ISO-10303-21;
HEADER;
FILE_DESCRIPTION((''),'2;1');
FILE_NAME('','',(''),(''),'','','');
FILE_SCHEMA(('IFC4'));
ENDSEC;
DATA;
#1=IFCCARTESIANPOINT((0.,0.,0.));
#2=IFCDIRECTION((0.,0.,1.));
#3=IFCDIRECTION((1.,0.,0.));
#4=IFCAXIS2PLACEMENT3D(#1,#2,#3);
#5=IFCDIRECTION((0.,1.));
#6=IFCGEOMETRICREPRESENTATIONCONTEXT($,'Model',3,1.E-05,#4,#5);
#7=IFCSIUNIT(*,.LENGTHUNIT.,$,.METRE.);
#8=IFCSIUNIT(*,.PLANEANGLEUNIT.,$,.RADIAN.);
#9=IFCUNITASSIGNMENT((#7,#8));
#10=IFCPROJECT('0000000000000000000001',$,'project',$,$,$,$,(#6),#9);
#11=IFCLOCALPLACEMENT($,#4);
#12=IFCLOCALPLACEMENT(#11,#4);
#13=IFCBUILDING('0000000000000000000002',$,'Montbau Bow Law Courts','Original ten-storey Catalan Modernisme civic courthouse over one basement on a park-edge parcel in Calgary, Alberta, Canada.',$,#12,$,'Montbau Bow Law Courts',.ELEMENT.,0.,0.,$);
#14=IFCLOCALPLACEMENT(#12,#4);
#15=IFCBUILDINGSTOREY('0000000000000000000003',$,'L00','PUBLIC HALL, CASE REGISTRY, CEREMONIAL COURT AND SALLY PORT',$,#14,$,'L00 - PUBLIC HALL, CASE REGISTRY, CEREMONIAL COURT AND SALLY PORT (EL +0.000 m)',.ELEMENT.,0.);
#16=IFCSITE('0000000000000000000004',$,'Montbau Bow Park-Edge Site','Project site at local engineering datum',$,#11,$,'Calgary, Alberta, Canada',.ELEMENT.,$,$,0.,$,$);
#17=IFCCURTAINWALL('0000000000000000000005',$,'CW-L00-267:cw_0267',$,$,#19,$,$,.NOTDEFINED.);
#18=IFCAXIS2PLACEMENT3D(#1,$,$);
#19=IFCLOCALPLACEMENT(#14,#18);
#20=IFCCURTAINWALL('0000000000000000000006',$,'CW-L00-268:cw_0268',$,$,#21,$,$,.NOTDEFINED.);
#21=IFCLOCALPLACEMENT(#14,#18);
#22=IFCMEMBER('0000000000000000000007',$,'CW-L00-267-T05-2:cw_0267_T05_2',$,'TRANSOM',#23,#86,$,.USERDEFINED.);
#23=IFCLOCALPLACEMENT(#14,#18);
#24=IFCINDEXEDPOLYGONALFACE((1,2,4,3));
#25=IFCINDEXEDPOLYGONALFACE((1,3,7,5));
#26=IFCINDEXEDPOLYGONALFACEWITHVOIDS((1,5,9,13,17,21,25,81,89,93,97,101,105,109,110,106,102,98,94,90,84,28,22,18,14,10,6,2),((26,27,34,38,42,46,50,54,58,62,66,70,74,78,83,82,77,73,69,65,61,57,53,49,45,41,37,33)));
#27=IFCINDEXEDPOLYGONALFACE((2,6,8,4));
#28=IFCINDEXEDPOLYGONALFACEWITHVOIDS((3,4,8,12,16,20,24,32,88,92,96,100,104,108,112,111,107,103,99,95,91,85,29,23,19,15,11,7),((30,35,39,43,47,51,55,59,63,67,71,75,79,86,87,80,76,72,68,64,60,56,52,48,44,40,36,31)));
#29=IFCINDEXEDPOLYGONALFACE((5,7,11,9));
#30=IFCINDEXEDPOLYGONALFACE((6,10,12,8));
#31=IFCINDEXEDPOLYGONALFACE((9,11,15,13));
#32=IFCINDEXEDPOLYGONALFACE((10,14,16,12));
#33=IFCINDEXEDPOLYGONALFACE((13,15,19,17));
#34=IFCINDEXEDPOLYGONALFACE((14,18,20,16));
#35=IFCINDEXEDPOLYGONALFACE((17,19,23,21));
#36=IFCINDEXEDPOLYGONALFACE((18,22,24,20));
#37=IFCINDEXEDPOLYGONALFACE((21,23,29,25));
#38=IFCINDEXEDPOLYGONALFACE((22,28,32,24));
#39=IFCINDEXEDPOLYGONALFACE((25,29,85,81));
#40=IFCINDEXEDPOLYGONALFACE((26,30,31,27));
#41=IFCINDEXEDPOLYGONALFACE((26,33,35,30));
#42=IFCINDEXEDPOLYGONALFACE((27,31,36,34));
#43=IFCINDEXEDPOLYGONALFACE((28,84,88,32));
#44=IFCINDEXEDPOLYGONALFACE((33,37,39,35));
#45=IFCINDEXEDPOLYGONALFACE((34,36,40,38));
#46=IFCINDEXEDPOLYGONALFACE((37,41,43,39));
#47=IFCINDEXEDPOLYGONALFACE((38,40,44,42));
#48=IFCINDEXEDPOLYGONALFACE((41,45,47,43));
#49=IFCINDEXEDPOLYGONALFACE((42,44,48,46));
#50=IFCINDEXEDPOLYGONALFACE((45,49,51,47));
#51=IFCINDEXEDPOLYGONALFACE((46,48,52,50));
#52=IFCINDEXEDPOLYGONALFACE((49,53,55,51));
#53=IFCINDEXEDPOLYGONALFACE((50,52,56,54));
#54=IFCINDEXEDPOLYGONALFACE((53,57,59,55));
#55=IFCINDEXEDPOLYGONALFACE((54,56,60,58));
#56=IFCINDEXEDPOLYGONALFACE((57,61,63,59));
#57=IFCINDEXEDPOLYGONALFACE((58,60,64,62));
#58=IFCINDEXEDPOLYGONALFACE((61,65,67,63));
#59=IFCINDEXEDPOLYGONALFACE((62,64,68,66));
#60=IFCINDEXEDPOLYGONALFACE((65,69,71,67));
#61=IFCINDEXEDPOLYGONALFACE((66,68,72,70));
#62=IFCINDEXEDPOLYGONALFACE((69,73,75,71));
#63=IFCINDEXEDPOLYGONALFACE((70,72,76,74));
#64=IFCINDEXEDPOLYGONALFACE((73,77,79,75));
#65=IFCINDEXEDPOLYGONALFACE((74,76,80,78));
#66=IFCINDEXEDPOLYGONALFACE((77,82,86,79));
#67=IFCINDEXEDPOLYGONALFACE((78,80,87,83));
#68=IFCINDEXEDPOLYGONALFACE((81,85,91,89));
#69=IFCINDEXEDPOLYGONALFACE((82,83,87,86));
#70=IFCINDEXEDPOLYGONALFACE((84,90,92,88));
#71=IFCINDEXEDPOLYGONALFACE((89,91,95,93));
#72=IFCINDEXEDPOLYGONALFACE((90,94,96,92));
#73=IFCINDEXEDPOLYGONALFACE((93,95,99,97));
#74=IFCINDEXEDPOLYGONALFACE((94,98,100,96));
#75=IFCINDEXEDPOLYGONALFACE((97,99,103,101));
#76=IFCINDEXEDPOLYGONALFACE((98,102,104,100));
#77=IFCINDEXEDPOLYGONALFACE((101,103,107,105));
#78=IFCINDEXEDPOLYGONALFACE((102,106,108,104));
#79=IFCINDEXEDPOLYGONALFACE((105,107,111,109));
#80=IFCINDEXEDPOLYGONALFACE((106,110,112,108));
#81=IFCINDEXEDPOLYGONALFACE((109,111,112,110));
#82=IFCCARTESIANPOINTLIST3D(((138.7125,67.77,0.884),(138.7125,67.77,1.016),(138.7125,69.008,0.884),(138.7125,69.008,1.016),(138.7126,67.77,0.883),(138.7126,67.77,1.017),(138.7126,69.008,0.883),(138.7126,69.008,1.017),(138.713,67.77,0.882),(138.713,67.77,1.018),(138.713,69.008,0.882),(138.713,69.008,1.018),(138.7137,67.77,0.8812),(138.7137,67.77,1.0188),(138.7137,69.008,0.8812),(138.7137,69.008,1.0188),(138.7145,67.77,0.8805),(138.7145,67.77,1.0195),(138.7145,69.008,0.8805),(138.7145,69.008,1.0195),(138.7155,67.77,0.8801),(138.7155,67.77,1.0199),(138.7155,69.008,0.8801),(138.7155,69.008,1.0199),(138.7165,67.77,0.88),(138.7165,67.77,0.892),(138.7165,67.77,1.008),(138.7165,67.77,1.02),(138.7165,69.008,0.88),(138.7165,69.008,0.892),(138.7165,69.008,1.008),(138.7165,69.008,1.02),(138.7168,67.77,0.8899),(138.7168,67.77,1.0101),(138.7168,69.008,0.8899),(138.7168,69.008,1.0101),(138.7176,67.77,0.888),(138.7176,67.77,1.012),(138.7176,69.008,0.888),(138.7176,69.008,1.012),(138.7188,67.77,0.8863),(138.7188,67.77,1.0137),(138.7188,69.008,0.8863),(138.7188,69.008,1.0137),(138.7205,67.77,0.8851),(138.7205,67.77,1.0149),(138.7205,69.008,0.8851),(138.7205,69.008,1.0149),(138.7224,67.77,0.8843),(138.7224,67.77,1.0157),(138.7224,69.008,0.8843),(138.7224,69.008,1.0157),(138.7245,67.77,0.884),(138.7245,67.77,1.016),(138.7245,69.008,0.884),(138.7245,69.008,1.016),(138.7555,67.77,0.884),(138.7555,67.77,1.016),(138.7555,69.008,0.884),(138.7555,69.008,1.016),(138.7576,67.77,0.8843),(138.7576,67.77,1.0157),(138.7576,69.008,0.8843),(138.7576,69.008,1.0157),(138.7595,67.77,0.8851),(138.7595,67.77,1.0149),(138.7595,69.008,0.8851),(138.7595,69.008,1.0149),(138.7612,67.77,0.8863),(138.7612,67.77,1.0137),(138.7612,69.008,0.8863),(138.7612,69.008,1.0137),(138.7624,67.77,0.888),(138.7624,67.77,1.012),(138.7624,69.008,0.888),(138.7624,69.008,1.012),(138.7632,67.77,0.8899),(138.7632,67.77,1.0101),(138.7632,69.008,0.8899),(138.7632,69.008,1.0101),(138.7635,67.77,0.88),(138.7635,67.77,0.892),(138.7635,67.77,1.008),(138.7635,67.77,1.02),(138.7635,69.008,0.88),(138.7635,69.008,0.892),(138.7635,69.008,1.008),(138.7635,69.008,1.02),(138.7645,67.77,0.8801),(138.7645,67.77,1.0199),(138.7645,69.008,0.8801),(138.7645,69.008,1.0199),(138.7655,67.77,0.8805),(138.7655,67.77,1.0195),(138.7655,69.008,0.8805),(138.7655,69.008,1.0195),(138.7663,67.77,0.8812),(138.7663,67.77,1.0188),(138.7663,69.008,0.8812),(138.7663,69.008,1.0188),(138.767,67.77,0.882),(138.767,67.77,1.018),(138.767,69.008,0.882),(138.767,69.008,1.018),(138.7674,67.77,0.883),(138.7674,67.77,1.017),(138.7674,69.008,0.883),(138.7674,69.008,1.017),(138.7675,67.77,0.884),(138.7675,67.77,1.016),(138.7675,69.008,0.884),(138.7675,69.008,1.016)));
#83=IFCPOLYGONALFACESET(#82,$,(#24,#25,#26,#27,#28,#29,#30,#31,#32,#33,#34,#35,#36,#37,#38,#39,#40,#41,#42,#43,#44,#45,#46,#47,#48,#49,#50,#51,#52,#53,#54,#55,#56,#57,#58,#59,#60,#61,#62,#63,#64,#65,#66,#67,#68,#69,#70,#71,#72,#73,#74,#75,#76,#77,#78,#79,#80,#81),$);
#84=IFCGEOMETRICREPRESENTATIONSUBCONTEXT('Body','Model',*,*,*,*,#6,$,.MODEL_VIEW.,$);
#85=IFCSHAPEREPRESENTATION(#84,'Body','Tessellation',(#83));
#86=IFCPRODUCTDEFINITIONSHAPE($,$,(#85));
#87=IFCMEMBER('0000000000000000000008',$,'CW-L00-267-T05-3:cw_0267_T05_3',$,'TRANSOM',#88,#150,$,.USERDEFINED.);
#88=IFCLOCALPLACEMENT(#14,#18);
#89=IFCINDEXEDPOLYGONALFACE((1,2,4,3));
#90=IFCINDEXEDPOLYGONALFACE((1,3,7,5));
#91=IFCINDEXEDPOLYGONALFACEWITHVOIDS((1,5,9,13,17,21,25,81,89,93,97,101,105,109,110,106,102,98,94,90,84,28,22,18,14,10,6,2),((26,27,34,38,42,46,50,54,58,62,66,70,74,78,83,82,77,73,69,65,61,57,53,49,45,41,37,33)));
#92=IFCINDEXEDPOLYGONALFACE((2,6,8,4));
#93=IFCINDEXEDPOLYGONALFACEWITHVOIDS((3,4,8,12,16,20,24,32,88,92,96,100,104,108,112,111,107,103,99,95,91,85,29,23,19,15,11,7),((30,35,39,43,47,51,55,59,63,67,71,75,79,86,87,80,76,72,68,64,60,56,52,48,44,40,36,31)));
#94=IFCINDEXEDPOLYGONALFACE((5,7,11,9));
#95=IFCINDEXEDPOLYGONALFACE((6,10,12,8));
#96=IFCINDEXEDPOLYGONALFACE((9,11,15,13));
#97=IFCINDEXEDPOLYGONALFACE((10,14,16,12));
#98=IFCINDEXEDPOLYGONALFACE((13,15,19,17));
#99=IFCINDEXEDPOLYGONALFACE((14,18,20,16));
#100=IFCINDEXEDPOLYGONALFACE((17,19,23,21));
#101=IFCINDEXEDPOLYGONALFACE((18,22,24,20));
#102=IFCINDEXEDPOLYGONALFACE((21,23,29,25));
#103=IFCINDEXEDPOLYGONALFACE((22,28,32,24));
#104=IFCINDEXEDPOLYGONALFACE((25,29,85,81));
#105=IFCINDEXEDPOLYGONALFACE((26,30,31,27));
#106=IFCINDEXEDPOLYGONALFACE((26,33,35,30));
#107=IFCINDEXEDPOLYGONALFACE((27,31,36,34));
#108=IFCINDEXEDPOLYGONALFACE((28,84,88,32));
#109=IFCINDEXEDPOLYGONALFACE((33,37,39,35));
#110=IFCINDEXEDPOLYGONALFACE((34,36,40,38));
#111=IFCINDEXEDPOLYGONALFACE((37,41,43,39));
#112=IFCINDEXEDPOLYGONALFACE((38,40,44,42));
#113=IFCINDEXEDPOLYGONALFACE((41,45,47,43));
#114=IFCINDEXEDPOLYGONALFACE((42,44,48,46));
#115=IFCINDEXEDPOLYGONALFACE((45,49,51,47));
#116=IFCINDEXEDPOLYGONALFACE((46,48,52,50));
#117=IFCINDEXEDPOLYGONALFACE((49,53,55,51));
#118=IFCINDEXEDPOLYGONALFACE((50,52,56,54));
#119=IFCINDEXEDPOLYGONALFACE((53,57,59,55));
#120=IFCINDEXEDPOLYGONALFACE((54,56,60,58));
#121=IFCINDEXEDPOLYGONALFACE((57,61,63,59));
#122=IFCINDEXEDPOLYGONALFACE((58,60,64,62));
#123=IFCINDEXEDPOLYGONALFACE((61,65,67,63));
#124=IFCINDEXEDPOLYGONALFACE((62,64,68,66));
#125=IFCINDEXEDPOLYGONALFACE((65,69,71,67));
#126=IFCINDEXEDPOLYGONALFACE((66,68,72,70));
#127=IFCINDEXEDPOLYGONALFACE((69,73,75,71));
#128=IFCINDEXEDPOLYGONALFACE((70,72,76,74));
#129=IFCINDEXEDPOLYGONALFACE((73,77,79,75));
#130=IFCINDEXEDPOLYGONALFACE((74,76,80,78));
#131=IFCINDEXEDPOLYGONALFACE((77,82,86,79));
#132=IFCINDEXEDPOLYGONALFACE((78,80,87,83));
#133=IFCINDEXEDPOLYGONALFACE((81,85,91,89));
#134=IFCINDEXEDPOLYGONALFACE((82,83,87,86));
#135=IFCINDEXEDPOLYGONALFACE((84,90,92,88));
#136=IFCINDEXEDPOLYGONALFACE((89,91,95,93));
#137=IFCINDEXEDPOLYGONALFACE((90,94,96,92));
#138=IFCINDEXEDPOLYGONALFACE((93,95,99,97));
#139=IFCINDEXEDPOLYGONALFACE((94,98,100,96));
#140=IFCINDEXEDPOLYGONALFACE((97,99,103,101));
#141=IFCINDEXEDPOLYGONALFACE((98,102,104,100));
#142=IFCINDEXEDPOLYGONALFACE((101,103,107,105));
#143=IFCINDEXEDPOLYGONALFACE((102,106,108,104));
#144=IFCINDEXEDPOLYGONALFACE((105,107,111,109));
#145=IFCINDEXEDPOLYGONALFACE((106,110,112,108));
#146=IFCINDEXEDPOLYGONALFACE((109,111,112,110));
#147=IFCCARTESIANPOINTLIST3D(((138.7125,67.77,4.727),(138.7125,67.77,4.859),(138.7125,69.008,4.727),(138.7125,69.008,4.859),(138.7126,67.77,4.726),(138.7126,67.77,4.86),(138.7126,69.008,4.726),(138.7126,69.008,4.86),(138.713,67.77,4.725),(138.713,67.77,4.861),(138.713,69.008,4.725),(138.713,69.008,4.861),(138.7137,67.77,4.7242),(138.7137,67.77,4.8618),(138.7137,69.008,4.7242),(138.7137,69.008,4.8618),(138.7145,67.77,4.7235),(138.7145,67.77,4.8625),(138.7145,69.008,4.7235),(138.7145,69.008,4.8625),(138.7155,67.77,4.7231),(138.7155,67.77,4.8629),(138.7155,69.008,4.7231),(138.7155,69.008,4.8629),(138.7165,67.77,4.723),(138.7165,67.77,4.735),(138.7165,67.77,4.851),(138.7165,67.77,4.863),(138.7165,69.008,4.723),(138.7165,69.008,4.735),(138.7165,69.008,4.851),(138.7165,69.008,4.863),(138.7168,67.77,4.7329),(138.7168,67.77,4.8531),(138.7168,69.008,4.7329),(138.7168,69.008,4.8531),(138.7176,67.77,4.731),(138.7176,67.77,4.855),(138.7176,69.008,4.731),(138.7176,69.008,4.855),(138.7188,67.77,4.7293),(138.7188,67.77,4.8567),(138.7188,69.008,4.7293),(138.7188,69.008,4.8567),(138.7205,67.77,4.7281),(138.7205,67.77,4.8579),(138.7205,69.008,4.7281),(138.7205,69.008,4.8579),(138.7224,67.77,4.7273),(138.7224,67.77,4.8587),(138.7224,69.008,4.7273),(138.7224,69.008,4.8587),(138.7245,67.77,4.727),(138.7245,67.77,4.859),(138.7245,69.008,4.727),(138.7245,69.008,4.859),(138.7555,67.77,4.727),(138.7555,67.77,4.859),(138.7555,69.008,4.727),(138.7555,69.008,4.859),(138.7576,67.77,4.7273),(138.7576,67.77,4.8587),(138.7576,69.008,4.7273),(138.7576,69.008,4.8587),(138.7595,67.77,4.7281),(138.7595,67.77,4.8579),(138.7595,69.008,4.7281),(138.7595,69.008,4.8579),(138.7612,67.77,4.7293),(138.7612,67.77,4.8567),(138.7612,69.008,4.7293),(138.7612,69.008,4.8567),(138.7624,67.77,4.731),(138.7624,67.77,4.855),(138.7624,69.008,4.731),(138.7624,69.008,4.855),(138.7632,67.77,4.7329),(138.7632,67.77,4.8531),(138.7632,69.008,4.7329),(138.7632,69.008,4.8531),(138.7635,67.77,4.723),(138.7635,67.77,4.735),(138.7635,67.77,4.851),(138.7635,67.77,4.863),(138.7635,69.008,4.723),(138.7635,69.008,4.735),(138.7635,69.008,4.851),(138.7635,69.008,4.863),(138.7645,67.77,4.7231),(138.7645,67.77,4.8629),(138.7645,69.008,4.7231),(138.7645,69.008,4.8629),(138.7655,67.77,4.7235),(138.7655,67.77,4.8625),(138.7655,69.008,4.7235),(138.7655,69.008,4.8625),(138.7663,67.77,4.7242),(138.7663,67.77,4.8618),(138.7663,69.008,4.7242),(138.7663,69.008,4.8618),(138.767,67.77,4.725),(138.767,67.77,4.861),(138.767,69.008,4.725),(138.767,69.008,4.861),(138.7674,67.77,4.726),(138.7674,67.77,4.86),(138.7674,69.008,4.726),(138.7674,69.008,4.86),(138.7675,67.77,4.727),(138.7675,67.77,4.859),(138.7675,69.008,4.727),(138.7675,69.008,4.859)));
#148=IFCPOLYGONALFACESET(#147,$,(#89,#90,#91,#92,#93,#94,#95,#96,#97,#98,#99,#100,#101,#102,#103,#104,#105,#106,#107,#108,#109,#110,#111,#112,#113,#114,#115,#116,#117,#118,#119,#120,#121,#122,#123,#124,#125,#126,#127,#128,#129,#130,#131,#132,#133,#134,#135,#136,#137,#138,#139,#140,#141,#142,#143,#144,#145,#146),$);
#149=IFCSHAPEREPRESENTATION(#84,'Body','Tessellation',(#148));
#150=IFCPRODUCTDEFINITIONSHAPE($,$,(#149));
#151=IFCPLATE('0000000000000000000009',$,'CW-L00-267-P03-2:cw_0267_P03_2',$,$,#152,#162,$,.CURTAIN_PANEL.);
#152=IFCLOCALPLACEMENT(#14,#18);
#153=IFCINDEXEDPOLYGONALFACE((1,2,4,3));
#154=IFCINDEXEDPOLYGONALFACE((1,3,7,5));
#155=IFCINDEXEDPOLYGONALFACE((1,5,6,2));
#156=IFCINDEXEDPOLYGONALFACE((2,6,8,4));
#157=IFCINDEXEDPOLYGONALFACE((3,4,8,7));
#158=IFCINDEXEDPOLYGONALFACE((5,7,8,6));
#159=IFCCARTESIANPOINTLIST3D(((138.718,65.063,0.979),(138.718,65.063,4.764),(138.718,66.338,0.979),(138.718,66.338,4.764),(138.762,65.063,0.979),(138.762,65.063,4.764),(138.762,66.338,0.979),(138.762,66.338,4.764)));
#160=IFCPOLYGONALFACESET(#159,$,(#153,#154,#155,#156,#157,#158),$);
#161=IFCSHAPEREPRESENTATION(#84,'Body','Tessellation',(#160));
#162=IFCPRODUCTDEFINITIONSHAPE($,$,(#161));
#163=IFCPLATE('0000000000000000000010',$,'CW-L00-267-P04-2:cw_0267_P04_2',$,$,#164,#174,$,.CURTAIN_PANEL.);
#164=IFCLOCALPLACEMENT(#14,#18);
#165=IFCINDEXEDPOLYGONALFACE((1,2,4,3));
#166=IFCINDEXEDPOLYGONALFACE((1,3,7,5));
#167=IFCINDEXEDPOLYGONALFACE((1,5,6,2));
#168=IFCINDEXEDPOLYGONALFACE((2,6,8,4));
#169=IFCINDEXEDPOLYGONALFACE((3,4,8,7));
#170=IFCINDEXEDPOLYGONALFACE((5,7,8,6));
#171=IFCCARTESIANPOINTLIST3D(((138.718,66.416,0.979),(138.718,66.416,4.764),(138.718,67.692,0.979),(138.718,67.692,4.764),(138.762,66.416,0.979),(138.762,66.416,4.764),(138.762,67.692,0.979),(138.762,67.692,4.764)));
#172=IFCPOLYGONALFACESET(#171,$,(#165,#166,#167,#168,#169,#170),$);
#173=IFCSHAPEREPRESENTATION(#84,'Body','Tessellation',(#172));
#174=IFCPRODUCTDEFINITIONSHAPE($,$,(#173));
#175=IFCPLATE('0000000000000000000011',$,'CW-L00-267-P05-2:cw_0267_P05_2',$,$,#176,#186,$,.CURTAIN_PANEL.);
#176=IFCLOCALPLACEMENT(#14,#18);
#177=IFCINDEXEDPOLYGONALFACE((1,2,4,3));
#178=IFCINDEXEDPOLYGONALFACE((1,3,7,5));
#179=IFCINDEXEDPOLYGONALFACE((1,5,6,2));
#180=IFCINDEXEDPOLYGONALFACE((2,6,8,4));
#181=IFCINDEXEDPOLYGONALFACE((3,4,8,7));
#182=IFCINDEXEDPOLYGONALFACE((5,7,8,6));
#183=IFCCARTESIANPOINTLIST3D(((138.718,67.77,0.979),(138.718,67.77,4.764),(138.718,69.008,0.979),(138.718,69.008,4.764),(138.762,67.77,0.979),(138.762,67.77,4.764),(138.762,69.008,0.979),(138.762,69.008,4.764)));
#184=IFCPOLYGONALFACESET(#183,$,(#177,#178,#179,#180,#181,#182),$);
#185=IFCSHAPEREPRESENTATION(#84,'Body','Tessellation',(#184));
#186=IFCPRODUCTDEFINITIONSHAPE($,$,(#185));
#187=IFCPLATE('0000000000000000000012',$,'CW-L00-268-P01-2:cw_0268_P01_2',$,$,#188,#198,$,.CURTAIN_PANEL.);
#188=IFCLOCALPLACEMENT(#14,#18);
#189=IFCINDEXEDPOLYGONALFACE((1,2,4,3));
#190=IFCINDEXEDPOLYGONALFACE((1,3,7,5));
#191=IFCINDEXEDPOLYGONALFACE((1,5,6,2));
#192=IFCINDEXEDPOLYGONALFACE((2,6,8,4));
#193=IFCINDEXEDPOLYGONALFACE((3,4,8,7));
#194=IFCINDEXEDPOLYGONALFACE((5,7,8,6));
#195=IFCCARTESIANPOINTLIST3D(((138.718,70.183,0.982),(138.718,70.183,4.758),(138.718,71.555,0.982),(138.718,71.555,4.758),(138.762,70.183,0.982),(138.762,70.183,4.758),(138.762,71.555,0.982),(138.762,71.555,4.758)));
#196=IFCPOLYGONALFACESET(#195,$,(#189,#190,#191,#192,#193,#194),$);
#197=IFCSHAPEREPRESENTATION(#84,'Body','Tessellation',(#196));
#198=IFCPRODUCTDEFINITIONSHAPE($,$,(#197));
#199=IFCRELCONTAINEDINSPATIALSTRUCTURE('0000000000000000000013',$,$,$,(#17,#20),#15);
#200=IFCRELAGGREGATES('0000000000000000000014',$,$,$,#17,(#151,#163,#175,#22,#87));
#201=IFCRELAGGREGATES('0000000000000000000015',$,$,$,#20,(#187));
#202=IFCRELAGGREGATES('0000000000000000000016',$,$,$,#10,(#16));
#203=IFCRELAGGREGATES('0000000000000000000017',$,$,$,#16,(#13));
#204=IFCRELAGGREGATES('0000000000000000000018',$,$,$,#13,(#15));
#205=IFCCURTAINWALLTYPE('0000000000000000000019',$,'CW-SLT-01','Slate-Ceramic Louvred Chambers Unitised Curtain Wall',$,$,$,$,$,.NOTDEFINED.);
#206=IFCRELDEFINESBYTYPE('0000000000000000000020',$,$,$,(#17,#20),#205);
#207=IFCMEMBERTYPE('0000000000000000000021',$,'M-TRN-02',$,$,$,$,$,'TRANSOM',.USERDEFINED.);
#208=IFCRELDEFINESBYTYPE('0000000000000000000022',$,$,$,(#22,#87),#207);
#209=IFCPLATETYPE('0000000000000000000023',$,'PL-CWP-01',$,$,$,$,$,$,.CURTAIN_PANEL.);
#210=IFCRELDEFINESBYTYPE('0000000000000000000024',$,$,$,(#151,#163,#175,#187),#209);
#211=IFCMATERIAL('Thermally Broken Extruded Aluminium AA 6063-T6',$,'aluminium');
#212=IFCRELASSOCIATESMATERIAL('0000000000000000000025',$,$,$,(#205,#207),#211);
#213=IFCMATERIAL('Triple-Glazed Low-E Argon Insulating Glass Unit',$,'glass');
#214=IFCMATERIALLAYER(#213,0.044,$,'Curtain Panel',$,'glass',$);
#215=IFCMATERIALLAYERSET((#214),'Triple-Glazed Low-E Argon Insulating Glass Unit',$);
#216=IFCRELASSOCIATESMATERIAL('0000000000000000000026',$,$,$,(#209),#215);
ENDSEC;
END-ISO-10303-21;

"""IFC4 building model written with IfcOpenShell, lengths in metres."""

from ifc_helpers import new_model, si_unit, direction, frame, frame_2d, origin_with_axes, origin_2d_with_axis, place, context, subcontext, project, spatial, rectangle, hollow_rectangle, extrude, material, layer, layer_set, material_profile, profile_set, type_object, element, aggregate, save


model = new_model("IFC4")

# Units and contexts
model_context = context("Model", 3, precision=1e-05, world=origin_with_axes(), true_north=direction((0.0, 1.0)))
body_context = subcontext(model_context, "Body", "Model", "MODEL_VIEW")
ifc_project = project(units=[si_unit("LENGTHUNIT", "METRE"), si_unit("PLANEANGLEUNIT", "RADIAN")], contexts=[model_context])

# Site, building, storey
site_placement = place(None, origin_with_axes())
site = spatial("IfcSite", under=ifc_project, at=site_placement, Name="Montbau Bow Park-Edge Site", Description="Project site at local engineering datum", LongName="Calgary, Alberta, Canada", CompositionType="ELEMENT", RefElevation=0.0)
building_placement = place(site_placement, origin_with_axes())
building = spatial("IfcBuilding", under=site, at=building_placement, Name="Montbau Bow Law Courts", Description="Original ten-storey Catalan Modernisme civic courthouse over one basement on a park-edge parcel in Calgary, Alberta, Canada.", LongName="Montbau Bow Law Courts", CompositionType="ELEMENT", ElevationOfRefHeight=0.0, ElevationOfTerrain=0.0)
storey_placement = place(building_placement, origin_with_axes())
storey = spatial("IfcBuildingStorey", under=building, at=storey_placement, Name="L00", Description="PUBLIC HALL, CASE REGISTRY, CEREMONIAL COURT AND SALLY PORT", LongName="L00 - PUBLIC HALL, CASE REGISTRY, CEREMONIAL COURT AND SALLY PORT (EL +0.000 m)", CompositionType="ELEMENT", Elevation=0.0)

# Curtain walls
ifc_material_1 = material(Name="Thermally Broken Extruded Aluminium AA 6063-T6", Category="aluminium")
curtain_wall_type = type_object("IfcCurtainWallType", Name="CW-SLT-01", Description="Slate-Ceramic Louvred Chambers Unitised Curtain Wall", PredefinedType="NOTDEFINED", material=ifc_material_1)
curtain_wall_1_placement = place(None, frame((138.74, 62.315, 0.0), z_axis=(0.0, 0.0, 1.0), x_axis=(1.0, 0.0, 0.0)))
curtain_wall_1 = element("IfcCurtainWall", 1, at=curtain_wall_1_placement, inside=storey, type_object=curtain_wall_type, Name="CW-L00-267:cw_0267", PredefinedType="NOTDEFINED")
curtain_wall_2_placement = place(None, frame((138.74, 70.115, 0.0), z_axis=(0.0, 0.0, 1.0), x_axis=(1.0, 0.0, 0.0)))
curtain_wall_2 = element("IfcCurtainWall", 2, at=curtain_wall_2_placement, inside=storey, type_object=curtain_wall_type, Name="CW-L00-268:cw_0268", PredefinedType="NOTDEFINED")

# Members
ifc_material_profile_1 = material_profile(ifc_material_1, hollow_rectangle(XDim=0.055, YDim=0.14, WallThickness=0.004, InnerFilletRadius=0.008, OuterFilletRadius=0.004, at=origin_2d_with_axis()), Name="CWT-140X55", Category="Main", Priority=0)
ifc_profile_set_1 = profile_set([ifc_material_profile_1], Name="Thermally Broken Extruded Aluminium AA 6063-T6")
member_type_1 = type_object("IfcMemberType", Name="M-TRN-02", ElementType="TRANSOM", PredefinedType="USERDEFINED", material=ifc_profile_set_1)
member_1_placement = place(None, frame((138.74, 67.77, 0.95), z_axis=(0.0, 1.0, 0.0), x_axis=(-1.0, 0.0, 0.0)))
member_1 = element("IfcMember", 3, at=member_1_placement, type_object=member_type_1, Name="CW-L00-267-T05-2:cw_0267_T05_2", ObjectType="TRANSOM", PredefinedType="USERDEFINED", context=body_context, shape_type="SweptSolid", body=[
    extrude(hollow_rectangle(XDim=0.055, YDim=0.14, WallThickness=0.004, InnerFilletRadius=0.008, OuterFilletRadius=0.004, at=origin_2d_with_axis()), origin_with_axes(), (0.0, 0.0, 1.0), 1.238),
])
member_2_placement = place(None, frame((138.74, 67.77, 4.793), z_axis=(0.0, 1.0, 0.0), x_axis=(-1.0, 0.0, 0.0)))
member_2 = element("IfcMember", 4, at=member_2_placement, type_object=member_type_1, Name="CW-L00-267-T05-3:cw_0267_T05_3", ObjectType="TRANSOM", PredefinedType="USERDEFINED", context=body_context, shape_type="SweptSolid", body=[
    extrude(hollow_rectangle(XDim=0.055, YDim=0.14, WallThickness=0.004, InnerFilletRadius=0.008, OuterFilletRadius=0.004, at=origin_2d_with_axis()), origin_with_axes(), (0.0, 0.0, 1.0), 1.238),
])

# Plates
ifc_material_2 = material(Name="Triple-Glazed Low-E Argon Insulating Glass Unit", Category="glass")
ifc_layer_1 = layer(ifc_material_2, 0.044, Name="Curtain Panel", Category="glass")
ifc_layer_set_1 = layer_set([ifc_layer_1], Name="Triple-Glazed Low-E Argon Insulating Glass Unit")
plate_type_1 = type_object("IfcPlateType", Name="PL-CWP-01", PredefinedType="CURTAIN_PANEL", material=ifc_layer_set_1)
plate_1_placement = place(None, frame((138.74, 65.063, 0.979), z_axis=(1.0, 0.0, 0.0), x_axis=(0.0, 1.0, 0.0)))
plate_1 = element("IfcPlate", 5, at=plate_1_placement, type_object=plate_type_1, Name="CW-L00-267-P03-2:cw_0267_P03_2", PredefinedType="CURTAIN_PANEL", context=body_context, shape_type="SweptSolid", body=[
    extrude(rectangle(XDim=1.275, YDim=3.785, at=frame_2d((0.6375, 1.8925), x_axis=(1.0, 0.0))), frame((0.0, 0.0, -0.022), z_axis=(0.0, 0.0, 1.0), x_axis=(1.0, 0.0, 0.0)), (0.0, 0.0, 1.0), 0.044),
])
plate_2_placement = place(None, frame((138.74, 66.416, 0.979), z_axis=(1.0, 0.0, 0.0), x_axis=(0.0, 1.0, 0.0)))
plate_2 = element("IfcPlate", 6, at=plate_2_placement, type_object=plate_type_1, Name="CW-L00-267-P04-2:cw_0267_P04_2", PredefinedType="CURTAIN_PANEL", context=body_context, shape_type="SweptSolid", body=[
    extrude(rectangle(XDim=1.276, YDim=3.785, at=frame_2d((0.638, 1.8925), x_axis=(1.0, 0.0))), frame((0.0, 0.0, -0.022), z_axis=(0.0, 0.0, 1.0), x_axis=(1.0, 0.0, 0.0)), (0.0, 0.0, 1.0), 0.044),
])
plate_3_placement = place(None, frame((138.74, 67.77, 0.979), z_axis=(1.0, 0.0, 0.0), x_axis=(0.0, 1.0, 0.0)))
plate_3 = element("IfcPlate", 7, at=plate_3_placement, type_object=plate_type_1, Name="CW-L00-267-P05-2:cw_0267_P05_2", PredefinedType="CURTAIN_PANEL", context=body_context, shape_type="SweptSolid", body=[
    extrude(rectangle(XDim=1.238, YDim=3.785, at=frame_2d((0.619, 1.8925), x_axis=(1.0, 0.0))), frame((0.0, 0.0, -0.022), z_axis=(0.0, 0.0, 1.0), x_axis=(1.0, 0.0, 0.0)), (0.0, 0.0, 1.0), 0.044),
])
plate_4_placement = place(None, frame((138.74, 70.183, 0.982), z_axis=(1.0, 0.0, 0.0), x_axis=(0.0, 1.0, 0.0)))
plate_4 = element("IfcPlate", 8, at=plate_4_placement, type_object=plate_type_1, Name="CW-L00-268-P01-2:cw_0268_P01_2", PredefinedType="CURTAIN_PANEL", context=body_context, shape_type="SweptSolid", body=[
    extrude(rectangle(XDim=1.372, YDim=3.776, at=frame_2d((0.686, 1.888), x_axis=(1.0, 0.0))), frame((0.0, 0.0, -0.022), z_axis=(0.0, 0.0, 1.0), x_axis=(1.0, 0.0, 0.0)), (0.0, 0.0, 1.0), 0.044),
])
aggregate(curtain_wall_1, [plate_1, plate_2, plate_3, member_1, member_2])
aggregate(curtain_wall_2, [plate_4])

save(model, "model.ifc")
